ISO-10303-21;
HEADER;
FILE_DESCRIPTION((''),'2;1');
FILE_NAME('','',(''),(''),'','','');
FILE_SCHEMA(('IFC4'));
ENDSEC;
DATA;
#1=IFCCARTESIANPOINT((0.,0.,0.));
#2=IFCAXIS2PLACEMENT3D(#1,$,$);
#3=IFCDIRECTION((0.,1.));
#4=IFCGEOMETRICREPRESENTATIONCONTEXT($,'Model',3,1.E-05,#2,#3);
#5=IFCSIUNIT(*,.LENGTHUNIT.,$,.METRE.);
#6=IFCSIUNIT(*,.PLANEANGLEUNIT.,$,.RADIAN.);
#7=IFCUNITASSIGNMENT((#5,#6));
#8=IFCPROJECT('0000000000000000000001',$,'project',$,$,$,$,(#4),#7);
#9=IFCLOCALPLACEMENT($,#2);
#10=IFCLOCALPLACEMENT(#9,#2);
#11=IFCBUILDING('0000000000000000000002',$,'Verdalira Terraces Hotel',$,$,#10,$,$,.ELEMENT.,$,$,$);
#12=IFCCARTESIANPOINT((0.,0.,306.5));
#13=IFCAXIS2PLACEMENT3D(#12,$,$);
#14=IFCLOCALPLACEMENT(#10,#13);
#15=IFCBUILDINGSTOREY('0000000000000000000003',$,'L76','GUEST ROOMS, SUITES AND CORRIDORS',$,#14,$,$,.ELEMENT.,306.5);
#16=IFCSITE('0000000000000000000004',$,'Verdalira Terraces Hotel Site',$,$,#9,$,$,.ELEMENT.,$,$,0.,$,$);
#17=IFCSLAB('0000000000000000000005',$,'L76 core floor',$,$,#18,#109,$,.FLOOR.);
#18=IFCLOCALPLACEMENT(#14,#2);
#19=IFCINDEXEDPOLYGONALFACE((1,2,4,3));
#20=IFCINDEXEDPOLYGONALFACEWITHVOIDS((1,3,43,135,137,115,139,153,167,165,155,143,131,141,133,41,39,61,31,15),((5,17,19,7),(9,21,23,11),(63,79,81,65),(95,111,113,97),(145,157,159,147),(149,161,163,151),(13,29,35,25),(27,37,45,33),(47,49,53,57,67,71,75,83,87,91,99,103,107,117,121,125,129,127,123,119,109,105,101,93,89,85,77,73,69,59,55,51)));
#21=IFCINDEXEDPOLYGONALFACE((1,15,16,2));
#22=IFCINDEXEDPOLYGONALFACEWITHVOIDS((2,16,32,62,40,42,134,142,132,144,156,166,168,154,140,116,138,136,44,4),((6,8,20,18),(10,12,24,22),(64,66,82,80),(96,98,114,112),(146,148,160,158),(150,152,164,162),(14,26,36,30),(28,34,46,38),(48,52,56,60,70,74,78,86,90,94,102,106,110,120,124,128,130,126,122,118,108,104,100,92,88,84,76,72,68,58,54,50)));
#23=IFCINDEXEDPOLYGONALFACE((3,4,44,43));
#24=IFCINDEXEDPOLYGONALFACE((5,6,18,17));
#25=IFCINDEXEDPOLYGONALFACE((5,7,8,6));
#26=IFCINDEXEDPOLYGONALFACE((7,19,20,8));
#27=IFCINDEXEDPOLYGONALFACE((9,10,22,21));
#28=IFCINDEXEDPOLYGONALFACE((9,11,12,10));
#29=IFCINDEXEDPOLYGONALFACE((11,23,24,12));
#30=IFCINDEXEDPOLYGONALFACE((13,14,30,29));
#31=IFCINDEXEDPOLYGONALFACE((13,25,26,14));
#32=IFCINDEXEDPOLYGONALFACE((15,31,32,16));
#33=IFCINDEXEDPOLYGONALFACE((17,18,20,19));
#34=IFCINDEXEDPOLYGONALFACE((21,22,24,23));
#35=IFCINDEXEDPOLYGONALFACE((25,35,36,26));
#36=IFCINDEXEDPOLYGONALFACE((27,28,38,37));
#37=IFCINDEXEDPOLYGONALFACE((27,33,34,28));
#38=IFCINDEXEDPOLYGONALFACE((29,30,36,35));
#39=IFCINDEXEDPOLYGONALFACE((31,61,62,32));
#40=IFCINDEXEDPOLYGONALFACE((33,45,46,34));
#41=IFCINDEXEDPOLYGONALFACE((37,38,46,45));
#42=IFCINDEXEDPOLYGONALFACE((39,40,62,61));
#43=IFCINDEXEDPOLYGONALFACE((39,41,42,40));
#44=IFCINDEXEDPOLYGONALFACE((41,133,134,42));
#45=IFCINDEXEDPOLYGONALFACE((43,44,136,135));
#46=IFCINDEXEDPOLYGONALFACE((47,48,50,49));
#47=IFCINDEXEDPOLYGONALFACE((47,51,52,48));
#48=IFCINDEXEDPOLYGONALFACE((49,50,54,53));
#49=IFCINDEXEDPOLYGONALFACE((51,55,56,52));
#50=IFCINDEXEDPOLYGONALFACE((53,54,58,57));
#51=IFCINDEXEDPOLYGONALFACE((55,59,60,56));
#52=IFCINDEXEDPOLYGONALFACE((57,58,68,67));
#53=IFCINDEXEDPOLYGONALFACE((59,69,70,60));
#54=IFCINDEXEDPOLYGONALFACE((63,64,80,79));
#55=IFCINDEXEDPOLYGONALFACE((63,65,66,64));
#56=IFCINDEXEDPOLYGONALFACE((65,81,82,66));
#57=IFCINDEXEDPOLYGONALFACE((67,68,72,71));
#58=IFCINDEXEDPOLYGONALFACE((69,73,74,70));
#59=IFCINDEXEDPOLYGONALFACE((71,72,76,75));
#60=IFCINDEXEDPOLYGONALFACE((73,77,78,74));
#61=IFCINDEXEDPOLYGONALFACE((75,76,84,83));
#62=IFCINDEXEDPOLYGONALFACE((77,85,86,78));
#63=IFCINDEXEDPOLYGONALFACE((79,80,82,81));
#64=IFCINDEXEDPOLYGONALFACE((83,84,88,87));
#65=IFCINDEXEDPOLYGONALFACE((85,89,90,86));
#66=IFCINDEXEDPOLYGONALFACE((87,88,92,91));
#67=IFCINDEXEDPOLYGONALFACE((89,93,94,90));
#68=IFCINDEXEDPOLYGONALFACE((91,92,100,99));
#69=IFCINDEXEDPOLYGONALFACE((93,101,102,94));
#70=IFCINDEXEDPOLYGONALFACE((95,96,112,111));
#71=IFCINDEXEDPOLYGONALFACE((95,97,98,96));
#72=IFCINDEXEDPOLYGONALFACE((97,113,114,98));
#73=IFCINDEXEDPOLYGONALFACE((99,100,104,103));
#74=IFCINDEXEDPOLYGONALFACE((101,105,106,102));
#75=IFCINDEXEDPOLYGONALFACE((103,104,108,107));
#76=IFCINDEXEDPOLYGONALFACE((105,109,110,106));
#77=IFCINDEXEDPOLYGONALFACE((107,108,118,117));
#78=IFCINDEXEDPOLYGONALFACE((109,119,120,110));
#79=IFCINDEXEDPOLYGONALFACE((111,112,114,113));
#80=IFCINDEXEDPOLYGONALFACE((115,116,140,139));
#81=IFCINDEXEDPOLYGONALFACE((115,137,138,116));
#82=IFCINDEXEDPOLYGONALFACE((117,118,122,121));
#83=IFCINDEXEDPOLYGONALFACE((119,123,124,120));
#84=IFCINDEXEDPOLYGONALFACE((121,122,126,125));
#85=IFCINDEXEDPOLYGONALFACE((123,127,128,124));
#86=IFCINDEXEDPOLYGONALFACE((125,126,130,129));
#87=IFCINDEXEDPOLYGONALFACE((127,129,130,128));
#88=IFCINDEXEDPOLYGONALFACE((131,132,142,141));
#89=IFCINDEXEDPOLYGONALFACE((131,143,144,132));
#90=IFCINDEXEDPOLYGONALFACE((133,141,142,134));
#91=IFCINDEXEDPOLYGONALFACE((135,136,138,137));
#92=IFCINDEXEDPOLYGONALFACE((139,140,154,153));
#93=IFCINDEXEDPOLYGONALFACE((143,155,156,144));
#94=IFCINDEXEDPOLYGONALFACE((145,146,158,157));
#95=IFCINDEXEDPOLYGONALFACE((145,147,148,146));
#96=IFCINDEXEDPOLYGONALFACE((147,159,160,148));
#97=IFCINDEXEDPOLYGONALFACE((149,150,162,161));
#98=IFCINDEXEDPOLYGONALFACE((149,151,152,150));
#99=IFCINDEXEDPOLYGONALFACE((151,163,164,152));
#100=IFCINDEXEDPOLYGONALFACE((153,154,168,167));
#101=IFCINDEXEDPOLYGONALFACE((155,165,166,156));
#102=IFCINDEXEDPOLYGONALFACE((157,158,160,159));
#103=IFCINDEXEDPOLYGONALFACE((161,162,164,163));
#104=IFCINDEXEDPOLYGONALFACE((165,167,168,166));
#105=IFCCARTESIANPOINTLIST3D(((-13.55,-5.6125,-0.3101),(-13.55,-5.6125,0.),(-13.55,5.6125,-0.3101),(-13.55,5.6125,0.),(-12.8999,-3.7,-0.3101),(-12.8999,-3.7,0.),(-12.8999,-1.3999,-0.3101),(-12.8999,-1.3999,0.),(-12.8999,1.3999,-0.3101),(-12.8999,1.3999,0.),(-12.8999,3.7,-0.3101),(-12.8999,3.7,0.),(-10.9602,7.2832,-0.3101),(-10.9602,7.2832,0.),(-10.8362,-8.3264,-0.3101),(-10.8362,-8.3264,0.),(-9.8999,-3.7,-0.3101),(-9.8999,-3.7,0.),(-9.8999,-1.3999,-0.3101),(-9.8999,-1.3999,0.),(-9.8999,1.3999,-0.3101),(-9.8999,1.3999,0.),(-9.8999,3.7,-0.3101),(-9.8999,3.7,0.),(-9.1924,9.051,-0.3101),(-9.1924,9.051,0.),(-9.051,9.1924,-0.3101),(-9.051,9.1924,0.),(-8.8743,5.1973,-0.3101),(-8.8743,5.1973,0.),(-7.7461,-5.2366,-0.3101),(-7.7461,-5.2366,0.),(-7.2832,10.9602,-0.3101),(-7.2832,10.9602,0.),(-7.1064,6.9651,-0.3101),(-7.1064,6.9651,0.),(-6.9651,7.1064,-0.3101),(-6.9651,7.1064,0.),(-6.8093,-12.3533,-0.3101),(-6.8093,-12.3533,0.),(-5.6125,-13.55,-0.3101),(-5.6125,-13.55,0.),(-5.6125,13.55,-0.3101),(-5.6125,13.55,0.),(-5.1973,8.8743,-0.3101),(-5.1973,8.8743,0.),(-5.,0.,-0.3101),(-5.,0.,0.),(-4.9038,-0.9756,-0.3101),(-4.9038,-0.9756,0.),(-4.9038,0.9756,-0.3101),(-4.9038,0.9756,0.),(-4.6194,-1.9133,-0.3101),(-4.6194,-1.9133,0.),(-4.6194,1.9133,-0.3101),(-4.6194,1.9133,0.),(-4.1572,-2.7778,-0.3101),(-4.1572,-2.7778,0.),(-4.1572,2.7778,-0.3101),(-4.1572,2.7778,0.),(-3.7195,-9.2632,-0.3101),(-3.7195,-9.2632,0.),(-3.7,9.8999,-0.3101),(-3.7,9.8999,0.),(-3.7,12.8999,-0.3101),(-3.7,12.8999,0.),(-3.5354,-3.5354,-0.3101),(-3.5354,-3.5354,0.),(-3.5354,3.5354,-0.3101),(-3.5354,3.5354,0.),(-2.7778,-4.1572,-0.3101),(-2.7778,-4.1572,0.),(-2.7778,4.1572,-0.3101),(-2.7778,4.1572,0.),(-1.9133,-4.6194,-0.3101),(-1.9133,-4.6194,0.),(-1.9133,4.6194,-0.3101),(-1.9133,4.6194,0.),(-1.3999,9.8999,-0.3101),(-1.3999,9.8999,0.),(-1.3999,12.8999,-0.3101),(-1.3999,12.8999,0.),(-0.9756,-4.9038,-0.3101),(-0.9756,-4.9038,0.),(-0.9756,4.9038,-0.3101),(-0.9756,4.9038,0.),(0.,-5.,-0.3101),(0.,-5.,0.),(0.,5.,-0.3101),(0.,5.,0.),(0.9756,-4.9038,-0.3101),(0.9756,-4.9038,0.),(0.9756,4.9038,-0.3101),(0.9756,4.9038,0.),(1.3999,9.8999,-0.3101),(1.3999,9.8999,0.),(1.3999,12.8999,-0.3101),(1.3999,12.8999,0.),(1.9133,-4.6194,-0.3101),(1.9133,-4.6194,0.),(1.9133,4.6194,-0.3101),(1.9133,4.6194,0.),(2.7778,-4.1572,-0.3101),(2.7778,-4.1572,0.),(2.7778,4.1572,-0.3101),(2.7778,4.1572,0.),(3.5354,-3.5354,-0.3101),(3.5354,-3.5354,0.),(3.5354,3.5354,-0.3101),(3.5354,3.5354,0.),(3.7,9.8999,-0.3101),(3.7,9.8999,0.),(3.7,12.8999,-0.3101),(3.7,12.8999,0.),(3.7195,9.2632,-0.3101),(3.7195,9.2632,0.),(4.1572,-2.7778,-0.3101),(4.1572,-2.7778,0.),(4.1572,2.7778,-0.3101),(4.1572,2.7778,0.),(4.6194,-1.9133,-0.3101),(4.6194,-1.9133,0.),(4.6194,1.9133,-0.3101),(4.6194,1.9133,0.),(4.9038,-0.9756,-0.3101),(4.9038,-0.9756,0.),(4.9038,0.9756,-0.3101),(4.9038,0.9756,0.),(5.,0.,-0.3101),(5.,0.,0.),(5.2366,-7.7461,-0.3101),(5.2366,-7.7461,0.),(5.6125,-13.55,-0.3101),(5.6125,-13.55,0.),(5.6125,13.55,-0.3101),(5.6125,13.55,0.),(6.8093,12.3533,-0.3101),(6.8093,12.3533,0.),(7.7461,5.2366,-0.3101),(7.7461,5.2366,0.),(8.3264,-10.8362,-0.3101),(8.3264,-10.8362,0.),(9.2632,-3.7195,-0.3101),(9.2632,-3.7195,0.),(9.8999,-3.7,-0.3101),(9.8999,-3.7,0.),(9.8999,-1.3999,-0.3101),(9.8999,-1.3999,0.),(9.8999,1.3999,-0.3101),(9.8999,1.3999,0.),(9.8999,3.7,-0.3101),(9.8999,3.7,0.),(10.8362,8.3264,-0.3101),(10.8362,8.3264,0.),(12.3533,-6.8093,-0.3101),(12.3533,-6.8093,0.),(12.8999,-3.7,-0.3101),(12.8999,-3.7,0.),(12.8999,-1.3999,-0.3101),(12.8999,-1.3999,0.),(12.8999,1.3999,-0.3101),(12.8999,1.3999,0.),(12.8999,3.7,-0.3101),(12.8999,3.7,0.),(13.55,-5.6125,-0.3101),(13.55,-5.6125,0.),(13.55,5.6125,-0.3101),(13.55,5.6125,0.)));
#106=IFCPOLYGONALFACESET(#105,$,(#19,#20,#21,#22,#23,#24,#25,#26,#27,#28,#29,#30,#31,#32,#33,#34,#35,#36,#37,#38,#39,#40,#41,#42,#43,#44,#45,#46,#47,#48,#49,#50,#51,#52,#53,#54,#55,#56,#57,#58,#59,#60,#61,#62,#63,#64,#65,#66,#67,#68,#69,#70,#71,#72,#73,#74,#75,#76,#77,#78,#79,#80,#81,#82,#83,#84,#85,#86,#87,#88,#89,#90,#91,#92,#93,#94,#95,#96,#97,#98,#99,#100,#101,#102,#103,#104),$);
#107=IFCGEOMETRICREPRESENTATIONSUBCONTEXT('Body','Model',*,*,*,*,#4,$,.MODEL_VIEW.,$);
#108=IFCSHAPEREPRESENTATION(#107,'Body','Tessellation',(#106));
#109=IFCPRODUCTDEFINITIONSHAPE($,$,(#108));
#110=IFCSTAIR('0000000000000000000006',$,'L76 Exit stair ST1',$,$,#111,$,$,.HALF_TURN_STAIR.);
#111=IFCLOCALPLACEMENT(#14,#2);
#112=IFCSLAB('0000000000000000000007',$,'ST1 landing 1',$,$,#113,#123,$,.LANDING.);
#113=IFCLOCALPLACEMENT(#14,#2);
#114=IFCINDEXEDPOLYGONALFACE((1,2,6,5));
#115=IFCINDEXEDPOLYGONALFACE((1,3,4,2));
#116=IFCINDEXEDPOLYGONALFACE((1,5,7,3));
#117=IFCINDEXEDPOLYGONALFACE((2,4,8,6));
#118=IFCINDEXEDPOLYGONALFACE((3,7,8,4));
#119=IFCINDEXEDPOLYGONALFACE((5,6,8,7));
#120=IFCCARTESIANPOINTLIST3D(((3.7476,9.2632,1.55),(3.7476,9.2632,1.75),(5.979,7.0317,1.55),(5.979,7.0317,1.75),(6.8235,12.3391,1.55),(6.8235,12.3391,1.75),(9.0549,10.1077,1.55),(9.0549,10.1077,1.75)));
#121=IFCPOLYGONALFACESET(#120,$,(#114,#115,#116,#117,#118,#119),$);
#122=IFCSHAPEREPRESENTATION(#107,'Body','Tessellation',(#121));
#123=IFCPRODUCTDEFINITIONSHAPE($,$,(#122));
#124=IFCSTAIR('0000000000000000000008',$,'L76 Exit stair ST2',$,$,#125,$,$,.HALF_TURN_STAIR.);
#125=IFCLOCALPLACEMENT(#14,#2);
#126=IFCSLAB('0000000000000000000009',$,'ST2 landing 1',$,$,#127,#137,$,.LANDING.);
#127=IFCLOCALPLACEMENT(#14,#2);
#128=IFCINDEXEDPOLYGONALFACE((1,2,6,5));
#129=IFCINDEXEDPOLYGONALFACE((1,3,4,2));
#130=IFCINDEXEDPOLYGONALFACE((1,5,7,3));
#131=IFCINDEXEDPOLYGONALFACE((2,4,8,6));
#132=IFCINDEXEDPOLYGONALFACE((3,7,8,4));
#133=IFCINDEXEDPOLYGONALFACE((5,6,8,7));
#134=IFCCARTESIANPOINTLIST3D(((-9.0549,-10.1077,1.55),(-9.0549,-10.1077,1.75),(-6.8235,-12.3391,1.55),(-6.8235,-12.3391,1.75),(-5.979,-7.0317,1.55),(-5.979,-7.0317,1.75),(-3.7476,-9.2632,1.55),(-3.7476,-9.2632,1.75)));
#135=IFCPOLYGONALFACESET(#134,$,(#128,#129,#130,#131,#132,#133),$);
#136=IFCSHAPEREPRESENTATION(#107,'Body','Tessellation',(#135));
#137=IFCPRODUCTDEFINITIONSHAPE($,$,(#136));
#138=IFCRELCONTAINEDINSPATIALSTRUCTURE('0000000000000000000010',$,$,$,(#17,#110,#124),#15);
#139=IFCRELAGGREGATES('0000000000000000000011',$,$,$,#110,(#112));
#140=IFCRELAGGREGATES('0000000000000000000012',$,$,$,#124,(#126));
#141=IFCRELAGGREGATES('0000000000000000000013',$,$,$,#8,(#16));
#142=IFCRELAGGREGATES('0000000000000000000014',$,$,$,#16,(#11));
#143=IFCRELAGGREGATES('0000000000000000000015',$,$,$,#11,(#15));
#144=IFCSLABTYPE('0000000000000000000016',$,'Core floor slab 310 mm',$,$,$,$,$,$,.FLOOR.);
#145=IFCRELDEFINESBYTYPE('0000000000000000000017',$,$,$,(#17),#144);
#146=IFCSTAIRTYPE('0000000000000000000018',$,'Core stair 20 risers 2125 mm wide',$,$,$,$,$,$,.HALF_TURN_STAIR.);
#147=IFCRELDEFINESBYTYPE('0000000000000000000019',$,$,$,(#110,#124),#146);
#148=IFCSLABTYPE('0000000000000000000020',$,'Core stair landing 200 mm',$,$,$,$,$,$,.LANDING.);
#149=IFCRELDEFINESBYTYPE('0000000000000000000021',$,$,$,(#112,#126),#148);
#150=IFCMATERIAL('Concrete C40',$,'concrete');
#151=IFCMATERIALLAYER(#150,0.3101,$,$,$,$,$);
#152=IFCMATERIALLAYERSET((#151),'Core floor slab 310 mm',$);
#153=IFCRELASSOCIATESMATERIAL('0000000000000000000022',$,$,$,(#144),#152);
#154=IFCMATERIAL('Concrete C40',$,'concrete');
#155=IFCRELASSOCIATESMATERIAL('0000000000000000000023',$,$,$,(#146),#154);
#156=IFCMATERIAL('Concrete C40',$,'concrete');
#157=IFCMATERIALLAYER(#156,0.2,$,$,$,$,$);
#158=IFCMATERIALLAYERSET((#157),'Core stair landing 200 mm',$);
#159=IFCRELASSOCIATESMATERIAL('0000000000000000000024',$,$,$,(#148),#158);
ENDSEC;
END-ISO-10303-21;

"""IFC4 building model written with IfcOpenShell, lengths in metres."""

from ifc_helpers import new_model, si_unit, direction, frame, origin, place, context, subcontext, project, spatial, polyline, outline, extrude, material, layer, layer_set, type_object, element, aggregate, save


model = new_model("IFC4")

# Units and contexts
model_context = context("Model", 3, precision=1e-05, world=origin(), true_north=direction((0.0, 1.0)))
body_context = subcontext(model_context, "Body", "Model", "MODEL_VIEW")
ifc_project = project(units=[si_unit("LENGTHUNIT", "METRE"), si_unit("PLANEANGLEUNIT", "RADIAN")], contexts=[model_context])

# Site, building, storey
site_placement = place(None, origin())
site = spatial("IfcSite", under=ifc_project, at=site_placement, Name="Verdalira Terraces Hotel Site", CompositionType="ELEMENT", RefElevation=0.0)
building_placement = place(site_placement, origin())
building = spatial("IfcBuilding", under=site, at=building_placement, Name="Verdalira Terraces Hotel", CompositionType="ELEMENT")
storey_placement = place(building_placement, frame((0.0, 0.0, 306.5)))
storey = spatial("IfcBuildingStorey", under=building, at=storey_placement, Name="L76", Description="GUEST ROOMS, SUITES AND CORRIDORS", CompositionType="ELEMENT", Elevation=306.5)

# Slab
ifc_material_1 = material(Name="Concrete C40", Category="concrete")
ifc_layer_1 = layer(ifc_material_1, 0.3101)
ifc_layer_set_1 = layer_set([ifc_layer_1], Name="Core floor slab 310 mm")
slab_type_1 = type_object("IfcSlabType", Name="Core floor slab 310 mm", PredefinedType="FLOOR", material=ifc_layer_set_1)
slab_1_placement = place(storey_placement, frame((0.0, 0.0, -0.3101)))
element("IfcSlab", 1, at=slab_1_placement, inside=storey, type_object=slab_type_1, Name="L76 core floor", PredefinedType="FLOOR", context=body_context, shape_type="SweptSolid", body=[
    extrude(outline(polyline([(-6.8093, -12.3533), (-3.7195, -9.2632), (-7.7461, -5.2366), (-10.8362, -8.3264), (-13.55, -5.6125), (-13.55, 5.6125), (-5.6125, 13.55), (5.6125, 13.55), (6.8093, 12.3533), (3.7195, 9.2632), (7.7461, 5.2366), (10.8362, 8.3264), (13.55, 5.6125), (13.55, -5.6125), (12.3533, -6.8093), (9.2632, -3.7195), (5.2366, -7.7461), (8.3264, -10.8362), (5.6125, -13.55), (-5.6125, -13.55), (-6.8093, -12.3533)]), holes=[polyline([(9.8999, -1.3999), (9.8999, -3.7), (12.8999, -3.7), (12.8999, -1.3999), (9.8999, -1.3999)]), polyline([(9.8999, 3.7), (9.8999, 1.3999), (12.8999, 1.3999), (12.8999, 3.7), (9.8999, 3.7)]), polyline([(3.7, 12.8999), (1.3999, 12.8999), (1.3999, 9.8999), (3.7, 9.8999), (3.7, 12.8999)]), polyline([(-1.3999, 12.8999), (-3.7, 12.8999), (-3.7, 9.8999), (-1.3999, 9.8999), (-1.3999, 12.8999)]), polyline([(-9.8999, 1.3999), (-9.8999, 3.7), (-12.8999, 3.7), (-12.8999, 1.3999), (-9.8999, 1.3999)]), polyline([(-9.8999, -3.7), (-9.8999, -1.3999), (-12.8999, -1.3999), (-12.8999, -3.7), (-9.8999, -3.7)]), polyline([(-9.051, 9.1924), (-6.9651, 7.1064), (-5.1973, 8.8743), (-7.2832, 10.9602), (-9.051, 9.1924)]), polyline([(-9.1924, 9.051), (-10.9602, 7.2832), (-8.8743, 5.1973), (-7.1064, 6.9651), (-9.1924, 9.051)]), polyline([(3.5354, 3.5354), (2.7778, 4.1572), (1.9133, 4.6194), (0.9756, 4.9038), (0.0, 5.0), (-0.9756, 4.9038), (-1.9133, 4.6194), (-2.7778, 4.1572), (-3.5354, 3.5354), (-4.1572, 2.7778), (-4.6194, 1.9133), (-4.9038, 0.9756), (-5.0, 0.0), (-4.9038, -0.9756), (-4.6194, -1.9133), (-4.1572, -2.7778), (-3.5354, -3.5354), (-2.7778, -4.1572), (-1.9133, -4.6194), (-0.9756, -4.9038), (0.0, -5.0), (0.9756, -4.9038), (1.9133, -4.6194), (2.7778, -4.1572), (3.5354, -3.5354), (4.1572, -2.7778), (4.6194, -1.9133), (4.9038, -0.9756), (5.0, 0.0), (4.9038, 0.9756), (4.6194, 1.9133), (4.1572, 2.7778), (3.5354, 3.5354)])]), origin(), (0.0, 0.0, 1.0), 0.3101),
])

# Stairs, slabs
ifc_material_2 = material(Name="Concrete C40", Category="concrete")
stair_type = type_object("IfcStairType", Name="Core stair 20 risers 2125 mm wide", PredefinedType="HALF_TURN_STAIR", material=ifc_material_2)
stair_1_placement = place(storey_placement, origin())
stair_1 = element("IfcStair", 2, at=stair_1_placement, inside=storey, type_object=stair_type, Name="L76 Exit stair ST1", PredefinedType="HALF_TURN_STAIR")
ifc_material_3 = material(Name="Concrete C40", Category="concrete")
ifc_layer_2 = layer(ifc_material_3, 0.2)
ifc_layer_set_2 = layer_set([ifc_layer_2], Name="Core stair landing 200 mm")
slab_type_2 = type_object("IfcSlabType", Name="Core stair landing 200 mm", PredefinedType="LANDING", material=ifc_layer_set_2)
slab_2_placement = place(storey_placement, frame((0.0, 0.0, 1.55)))
slab_2 = element("IfcSlab", 3, at=slab_2_placement, type_object=slab_type_2, Name="ST1 landing 1", PredefinedType="LANDING", context=body_context, shape_type="SweptSolid", body=[
    extrude(outline(polyline([(9.0549, 10.1077), (6.8235, 12.3391), (3.7476, 9.2632), (5.979, 7.0317), (9.0549, 10.1077)])), origin(), (0.0, 0.0, 1.0), 0.2),
])
aggregate(stair_1, [slab_2])
stair_2_placement = place(storey_placement, origin())
stair_2 = element("IfcStair", 4, at=stair_2_placement, inside=storey, type_object=stair_type, Name="L76 Exit stair ST2", PredefinedType="HALF_TURN_STAIR")
slab_3_placement = place(storey_placement, frame((0.0, 0.0, 1.55)))
slab_3 = element("IfcSlab", 5, at=slab_3_placement, type_object=slab_type_2, Name="ST2 landing 1", PredefinedType="LANDING", context=body_context, shape_type="SweptSolid", body=[
    extrude(outline(polyline([(-9.0549, -10.1077), (-6.8235, -12.3391), (-3.7476, -9.2632), (-5.979, -7.0317), (-9.0549, -10.1077)])), origin(), (0.0, 0.0, 1.0), 0.2),
])
aggregate(stair_2, [slab_3])

save(model, "model.ifc")
